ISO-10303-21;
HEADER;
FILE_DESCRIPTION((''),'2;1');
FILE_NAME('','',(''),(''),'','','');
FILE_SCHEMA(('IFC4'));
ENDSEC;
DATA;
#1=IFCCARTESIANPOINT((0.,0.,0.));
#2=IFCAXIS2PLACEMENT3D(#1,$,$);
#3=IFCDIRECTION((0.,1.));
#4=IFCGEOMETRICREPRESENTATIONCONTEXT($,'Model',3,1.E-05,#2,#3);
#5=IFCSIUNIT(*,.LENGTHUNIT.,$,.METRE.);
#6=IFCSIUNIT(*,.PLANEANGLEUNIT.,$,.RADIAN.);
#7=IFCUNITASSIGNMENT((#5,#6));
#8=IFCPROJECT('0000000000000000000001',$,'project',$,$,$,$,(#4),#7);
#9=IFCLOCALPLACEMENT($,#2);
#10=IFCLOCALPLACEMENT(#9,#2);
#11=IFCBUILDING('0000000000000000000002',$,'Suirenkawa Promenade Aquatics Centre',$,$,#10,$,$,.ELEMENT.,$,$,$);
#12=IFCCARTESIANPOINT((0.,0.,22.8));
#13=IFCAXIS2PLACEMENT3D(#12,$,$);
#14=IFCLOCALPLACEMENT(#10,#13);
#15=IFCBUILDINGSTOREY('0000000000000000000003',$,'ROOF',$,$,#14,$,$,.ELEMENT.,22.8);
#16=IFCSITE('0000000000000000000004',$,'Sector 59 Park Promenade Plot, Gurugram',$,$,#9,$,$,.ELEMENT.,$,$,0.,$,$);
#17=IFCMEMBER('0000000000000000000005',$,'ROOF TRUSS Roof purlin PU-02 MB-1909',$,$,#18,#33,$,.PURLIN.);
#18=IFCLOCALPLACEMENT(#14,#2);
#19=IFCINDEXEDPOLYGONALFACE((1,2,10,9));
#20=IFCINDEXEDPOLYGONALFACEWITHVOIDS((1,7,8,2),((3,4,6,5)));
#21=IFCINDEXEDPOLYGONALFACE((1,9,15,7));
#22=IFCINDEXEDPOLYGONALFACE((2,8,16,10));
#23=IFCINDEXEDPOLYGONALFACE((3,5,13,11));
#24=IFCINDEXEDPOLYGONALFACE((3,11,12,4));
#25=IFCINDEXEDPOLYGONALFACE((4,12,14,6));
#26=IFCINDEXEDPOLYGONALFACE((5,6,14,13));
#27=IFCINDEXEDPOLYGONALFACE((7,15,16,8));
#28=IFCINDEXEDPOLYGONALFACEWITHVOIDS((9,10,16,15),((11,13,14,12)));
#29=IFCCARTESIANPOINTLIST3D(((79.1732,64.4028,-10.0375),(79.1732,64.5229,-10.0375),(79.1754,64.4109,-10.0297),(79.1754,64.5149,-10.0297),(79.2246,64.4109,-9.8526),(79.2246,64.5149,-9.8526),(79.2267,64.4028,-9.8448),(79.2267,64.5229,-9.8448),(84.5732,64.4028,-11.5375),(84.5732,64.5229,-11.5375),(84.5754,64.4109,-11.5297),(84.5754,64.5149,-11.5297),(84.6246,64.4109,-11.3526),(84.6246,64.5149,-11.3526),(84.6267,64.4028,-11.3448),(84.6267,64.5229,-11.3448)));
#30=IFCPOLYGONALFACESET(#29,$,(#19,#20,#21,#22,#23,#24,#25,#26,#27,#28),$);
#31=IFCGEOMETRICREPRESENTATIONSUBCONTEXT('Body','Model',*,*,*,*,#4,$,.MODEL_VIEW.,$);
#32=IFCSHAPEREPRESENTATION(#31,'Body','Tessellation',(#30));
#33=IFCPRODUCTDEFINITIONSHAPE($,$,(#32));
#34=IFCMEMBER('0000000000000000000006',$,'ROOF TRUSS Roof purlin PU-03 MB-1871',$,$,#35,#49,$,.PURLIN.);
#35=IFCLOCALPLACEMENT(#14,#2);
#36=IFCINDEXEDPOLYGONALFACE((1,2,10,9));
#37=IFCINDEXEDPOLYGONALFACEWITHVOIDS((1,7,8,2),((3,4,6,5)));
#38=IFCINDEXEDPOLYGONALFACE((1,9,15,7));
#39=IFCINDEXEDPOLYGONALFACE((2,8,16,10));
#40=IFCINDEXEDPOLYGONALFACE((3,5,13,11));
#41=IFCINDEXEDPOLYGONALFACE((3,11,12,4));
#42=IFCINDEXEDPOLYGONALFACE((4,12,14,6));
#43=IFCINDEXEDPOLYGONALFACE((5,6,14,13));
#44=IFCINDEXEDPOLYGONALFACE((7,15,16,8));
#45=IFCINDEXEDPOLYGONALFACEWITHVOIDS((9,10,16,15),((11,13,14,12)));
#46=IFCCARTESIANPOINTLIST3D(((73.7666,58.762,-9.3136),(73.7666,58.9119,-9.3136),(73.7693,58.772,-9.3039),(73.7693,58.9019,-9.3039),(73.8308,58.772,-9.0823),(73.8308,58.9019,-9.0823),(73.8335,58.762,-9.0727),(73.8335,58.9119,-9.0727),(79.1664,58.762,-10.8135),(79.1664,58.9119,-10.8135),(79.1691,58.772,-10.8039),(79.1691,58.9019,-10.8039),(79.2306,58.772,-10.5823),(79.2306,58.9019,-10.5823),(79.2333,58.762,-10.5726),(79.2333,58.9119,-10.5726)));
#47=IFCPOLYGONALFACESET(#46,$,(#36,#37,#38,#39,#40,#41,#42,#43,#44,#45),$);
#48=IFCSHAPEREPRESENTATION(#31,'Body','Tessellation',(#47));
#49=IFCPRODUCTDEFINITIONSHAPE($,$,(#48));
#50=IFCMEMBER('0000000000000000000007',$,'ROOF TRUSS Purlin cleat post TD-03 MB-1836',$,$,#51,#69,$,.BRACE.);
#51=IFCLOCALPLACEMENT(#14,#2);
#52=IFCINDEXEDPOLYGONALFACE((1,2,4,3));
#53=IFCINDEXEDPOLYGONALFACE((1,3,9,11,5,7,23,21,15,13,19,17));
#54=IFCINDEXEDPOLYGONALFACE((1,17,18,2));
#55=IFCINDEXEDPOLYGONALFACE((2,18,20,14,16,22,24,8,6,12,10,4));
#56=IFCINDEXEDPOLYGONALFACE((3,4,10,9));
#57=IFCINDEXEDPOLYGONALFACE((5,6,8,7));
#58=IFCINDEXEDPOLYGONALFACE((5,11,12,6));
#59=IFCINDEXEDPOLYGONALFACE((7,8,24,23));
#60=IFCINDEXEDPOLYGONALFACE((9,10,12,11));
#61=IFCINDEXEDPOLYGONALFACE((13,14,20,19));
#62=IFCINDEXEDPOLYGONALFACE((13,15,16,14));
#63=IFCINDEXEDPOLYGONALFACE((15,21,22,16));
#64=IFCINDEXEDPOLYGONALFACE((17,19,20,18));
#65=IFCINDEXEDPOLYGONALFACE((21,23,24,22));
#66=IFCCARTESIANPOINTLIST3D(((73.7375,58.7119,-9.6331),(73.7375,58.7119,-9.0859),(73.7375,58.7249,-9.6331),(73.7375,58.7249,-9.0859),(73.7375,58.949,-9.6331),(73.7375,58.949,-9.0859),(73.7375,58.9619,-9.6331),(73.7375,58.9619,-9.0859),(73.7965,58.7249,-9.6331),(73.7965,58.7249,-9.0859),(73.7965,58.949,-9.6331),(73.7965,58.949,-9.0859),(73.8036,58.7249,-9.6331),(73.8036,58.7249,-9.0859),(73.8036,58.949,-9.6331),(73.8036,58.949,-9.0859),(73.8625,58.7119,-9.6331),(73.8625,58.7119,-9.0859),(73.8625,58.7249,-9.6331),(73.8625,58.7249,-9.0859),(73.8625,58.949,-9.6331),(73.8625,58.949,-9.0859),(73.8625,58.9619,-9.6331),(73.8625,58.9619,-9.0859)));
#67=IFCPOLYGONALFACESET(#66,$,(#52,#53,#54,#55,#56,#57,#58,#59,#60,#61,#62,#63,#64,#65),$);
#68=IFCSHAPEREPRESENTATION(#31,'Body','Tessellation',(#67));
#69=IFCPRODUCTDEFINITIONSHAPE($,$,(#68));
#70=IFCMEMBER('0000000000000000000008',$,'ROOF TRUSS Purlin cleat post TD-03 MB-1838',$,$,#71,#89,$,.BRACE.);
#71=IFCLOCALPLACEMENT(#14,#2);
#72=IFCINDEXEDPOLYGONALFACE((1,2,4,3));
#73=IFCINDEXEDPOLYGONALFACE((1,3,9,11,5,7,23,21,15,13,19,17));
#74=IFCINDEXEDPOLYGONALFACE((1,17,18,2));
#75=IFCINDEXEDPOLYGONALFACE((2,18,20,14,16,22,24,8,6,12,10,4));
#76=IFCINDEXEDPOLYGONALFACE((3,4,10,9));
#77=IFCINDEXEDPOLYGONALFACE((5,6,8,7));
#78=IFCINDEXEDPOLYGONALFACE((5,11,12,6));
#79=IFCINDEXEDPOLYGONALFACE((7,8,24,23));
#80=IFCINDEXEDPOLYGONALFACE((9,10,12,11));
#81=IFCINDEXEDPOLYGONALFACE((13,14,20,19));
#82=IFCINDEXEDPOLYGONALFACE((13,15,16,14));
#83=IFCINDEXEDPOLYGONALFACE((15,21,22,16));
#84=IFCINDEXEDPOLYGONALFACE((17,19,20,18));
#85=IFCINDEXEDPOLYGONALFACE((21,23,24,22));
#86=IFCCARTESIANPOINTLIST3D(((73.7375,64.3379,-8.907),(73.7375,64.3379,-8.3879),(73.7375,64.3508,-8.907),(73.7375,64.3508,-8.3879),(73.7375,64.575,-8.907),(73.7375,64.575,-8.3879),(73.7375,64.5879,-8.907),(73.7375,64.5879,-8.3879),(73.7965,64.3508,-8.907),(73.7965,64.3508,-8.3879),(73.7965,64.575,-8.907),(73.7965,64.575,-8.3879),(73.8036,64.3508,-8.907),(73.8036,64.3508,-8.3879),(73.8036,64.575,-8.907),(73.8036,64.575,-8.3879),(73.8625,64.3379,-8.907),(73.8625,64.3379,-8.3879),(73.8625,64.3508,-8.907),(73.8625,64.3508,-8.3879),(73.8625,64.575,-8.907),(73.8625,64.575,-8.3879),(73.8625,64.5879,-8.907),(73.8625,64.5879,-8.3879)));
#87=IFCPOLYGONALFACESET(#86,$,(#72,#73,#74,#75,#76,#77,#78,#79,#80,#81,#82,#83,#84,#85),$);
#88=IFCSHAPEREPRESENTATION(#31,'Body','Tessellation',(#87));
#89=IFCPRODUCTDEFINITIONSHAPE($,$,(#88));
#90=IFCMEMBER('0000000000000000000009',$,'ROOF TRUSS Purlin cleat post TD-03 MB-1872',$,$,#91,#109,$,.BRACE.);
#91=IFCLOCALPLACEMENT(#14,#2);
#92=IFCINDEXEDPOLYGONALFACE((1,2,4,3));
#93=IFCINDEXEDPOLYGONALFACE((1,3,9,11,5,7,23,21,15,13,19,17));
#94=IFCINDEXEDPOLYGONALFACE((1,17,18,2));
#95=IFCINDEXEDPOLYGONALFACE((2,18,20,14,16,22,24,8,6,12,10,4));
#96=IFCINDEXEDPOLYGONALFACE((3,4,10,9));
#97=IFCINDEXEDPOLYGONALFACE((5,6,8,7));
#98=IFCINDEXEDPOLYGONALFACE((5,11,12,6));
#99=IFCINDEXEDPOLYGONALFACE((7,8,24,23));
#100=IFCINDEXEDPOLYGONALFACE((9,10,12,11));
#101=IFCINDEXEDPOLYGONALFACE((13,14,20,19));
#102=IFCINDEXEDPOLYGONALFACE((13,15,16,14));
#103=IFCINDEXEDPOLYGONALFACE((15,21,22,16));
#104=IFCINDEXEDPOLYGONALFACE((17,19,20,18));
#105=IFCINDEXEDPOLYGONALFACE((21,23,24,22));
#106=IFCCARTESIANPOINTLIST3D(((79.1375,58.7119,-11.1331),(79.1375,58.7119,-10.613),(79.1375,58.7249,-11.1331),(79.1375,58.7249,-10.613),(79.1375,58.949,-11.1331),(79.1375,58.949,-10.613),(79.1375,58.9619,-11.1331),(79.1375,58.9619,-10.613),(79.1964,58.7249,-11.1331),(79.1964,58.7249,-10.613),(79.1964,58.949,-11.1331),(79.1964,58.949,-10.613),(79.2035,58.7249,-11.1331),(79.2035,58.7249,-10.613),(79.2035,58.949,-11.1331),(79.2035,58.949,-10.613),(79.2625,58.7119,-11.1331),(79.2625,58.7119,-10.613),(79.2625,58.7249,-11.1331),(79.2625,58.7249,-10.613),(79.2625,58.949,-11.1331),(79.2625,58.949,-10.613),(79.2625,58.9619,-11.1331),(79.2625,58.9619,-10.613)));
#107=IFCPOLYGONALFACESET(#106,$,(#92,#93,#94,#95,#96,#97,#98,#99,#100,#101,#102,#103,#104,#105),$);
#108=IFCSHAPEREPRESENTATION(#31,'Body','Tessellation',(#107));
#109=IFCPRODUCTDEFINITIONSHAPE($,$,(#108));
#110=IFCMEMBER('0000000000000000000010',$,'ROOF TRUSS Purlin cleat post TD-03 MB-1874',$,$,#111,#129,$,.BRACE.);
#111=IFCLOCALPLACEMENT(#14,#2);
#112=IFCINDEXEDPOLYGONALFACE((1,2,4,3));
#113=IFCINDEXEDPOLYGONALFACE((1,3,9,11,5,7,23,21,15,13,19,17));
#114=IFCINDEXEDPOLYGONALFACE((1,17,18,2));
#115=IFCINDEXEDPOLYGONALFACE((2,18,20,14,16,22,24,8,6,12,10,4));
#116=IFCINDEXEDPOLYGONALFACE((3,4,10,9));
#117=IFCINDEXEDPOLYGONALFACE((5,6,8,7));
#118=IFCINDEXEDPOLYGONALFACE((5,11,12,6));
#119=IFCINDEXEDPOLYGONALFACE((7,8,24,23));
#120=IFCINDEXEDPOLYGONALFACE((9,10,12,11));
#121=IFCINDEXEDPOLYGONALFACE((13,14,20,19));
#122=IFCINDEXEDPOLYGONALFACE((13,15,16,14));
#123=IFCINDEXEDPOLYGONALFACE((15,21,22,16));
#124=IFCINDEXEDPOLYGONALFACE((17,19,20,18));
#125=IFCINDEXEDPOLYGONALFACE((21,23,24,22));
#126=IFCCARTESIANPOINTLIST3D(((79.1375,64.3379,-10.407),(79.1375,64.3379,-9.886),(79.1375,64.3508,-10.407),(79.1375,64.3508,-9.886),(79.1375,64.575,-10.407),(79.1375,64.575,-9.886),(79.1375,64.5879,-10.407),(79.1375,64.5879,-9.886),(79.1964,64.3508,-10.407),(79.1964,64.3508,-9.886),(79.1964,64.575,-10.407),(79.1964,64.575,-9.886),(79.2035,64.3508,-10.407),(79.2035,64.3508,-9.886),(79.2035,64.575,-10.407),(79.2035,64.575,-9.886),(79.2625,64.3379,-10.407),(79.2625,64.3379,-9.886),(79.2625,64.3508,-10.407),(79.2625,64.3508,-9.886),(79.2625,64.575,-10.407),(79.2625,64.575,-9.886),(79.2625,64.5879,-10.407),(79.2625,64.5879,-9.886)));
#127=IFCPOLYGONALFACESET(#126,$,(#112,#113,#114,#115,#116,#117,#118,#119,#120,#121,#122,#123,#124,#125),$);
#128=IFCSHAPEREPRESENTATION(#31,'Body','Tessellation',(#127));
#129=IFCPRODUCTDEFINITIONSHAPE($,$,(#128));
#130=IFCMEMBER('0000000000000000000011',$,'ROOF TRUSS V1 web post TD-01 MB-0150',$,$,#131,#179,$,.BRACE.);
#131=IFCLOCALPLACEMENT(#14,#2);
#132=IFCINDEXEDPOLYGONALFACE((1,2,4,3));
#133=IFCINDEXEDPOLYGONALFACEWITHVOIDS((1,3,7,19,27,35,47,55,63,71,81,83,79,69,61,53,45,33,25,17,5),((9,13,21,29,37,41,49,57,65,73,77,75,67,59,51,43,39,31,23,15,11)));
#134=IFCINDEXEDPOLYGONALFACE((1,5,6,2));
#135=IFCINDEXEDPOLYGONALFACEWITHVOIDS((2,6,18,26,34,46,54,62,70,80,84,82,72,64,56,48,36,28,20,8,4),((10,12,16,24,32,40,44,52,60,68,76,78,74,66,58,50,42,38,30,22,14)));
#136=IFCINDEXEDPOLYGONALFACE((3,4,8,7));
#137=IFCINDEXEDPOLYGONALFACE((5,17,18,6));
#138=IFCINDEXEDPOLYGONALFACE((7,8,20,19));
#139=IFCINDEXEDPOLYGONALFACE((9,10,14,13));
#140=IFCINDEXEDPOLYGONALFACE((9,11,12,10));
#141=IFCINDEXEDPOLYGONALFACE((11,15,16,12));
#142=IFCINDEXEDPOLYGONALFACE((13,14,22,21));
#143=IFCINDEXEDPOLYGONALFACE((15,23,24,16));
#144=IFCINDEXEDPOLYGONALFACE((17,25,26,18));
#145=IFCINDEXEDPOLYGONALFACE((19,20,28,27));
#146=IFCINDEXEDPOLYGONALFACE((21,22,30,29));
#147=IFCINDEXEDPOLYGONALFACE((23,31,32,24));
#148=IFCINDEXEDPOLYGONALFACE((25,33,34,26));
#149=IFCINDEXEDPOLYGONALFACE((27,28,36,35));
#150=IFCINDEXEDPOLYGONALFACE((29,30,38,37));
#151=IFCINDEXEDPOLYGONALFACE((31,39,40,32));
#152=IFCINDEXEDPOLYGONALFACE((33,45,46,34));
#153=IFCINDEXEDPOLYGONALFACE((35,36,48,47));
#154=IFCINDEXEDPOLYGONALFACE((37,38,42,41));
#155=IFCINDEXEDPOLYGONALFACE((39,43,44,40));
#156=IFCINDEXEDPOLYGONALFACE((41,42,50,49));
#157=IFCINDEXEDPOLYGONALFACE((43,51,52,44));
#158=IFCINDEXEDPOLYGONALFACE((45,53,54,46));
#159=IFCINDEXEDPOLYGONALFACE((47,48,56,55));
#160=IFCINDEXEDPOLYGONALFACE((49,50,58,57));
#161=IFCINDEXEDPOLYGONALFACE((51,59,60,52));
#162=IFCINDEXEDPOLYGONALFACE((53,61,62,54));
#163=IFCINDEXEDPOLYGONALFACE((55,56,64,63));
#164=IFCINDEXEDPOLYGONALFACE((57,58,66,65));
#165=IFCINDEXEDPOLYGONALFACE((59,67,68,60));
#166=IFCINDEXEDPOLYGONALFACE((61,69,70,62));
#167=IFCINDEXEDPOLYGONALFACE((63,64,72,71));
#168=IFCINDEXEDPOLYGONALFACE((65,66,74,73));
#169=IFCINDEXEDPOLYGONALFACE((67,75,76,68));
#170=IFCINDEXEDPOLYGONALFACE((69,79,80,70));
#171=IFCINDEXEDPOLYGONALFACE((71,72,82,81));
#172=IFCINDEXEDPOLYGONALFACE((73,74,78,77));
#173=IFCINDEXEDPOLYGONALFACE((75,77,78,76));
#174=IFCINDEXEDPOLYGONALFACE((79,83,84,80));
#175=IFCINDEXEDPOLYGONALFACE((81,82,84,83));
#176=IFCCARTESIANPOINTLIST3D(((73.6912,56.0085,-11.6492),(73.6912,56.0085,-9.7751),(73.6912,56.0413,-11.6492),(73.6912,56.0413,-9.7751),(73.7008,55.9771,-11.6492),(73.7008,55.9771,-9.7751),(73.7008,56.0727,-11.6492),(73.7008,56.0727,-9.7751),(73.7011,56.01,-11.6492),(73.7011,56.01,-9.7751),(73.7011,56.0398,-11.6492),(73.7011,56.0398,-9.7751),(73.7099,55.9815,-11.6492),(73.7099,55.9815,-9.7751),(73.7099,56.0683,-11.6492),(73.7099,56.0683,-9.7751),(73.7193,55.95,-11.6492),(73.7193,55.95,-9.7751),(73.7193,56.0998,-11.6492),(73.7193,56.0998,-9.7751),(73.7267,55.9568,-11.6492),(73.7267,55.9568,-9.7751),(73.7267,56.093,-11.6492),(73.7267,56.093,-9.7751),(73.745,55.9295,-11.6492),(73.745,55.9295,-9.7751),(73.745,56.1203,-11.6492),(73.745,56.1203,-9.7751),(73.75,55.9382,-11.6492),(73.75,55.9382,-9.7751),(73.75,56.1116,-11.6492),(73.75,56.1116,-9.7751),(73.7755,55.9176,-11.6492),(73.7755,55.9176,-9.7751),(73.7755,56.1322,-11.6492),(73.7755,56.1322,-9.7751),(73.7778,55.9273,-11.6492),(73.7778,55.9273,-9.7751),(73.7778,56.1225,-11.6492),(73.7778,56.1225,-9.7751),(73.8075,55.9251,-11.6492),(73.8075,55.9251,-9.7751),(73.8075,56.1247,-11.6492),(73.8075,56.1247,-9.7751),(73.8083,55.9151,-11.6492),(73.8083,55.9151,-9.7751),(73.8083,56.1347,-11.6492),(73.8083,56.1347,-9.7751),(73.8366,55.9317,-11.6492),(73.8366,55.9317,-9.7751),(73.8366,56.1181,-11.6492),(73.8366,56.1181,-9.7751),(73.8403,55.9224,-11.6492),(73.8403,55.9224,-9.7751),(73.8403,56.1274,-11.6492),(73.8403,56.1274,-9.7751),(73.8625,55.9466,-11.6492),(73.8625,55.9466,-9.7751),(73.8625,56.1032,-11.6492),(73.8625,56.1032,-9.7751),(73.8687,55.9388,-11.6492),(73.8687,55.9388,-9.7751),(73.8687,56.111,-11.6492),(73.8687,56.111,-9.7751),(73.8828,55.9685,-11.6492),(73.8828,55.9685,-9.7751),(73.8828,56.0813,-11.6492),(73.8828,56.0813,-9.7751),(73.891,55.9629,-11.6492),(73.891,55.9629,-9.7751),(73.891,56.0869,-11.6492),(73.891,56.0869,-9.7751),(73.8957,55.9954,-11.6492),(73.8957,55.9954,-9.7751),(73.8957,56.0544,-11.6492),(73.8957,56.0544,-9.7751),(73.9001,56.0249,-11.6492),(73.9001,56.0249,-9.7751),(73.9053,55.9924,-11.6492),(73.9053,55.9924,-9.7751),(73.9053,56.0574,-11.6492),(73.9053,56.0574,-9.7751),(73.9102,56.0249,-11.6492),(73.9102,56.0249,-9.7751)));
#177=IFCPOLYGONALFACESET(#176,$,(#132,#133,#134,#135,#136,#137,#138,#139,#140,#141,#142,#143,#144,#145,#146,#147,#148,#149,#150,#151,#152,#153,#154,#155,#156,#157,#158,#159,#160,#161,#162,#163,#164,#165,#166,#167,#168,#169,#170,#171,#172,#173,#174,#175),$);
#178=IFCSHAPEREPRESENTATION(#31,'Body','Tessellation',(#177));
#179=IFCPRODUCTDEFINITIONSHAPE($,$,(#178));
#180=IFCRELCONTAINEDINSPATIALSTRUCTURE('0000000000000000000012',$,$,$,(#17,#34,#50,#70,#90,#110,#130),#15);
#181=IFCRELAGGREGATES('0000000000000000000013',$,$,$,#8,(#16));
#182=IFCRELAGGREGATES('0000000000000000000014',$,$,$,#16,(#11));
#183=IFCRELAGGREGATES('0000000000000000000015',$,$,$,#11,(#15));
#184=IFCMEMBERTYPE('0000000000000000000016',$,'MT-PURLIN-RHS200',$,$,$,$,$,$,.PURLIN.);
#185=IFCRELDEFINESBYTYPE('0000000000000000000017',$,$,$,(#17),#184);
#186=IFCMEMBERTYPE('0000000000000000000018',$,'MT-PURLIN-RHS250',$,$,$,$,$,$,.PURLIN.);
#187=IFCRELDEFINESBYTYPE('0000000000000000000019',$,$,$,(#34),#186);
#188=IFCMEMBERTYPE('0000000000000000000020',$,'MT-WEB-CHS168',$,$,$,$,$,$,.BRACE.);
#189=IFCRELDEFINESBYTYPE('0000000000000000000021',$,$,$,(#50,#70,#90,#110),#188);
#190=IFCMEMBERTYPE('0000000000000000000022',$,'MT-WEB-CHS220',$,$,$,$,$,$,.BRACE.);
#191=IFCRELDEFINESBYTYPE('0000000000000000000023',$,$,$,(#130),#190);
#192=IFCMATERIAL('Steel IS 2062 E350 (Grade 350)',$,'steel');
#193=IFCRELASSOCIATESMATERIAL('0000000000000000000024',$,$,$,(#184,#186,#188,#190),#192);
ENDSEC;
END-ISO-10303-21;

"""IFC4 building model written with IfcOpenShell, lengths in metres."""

from ifc_helpers import new_model, si_unit, direction, frame, origin, origin_2d, place, context, subcontext, project, spatial, hollow_rectangle, hollow_circle, i_section, extrude, material, material_profile, profile_set, type_object, element, save


model = new_model("IFC4")

# Units and contexts
model_context = context("Model", 3, precision=1e-05, world=origin(), true_north=direction((0.0, 1.0)))
body_context = subcontext(model_context, "Body", "Model", "MODEL_VIEW")
ifc_project = project(units=[si_unit("LENGTHUNIT", "METRE"), si_unit("PLANEANGLEUNIT", "RADIAN")], contexts=[model_context])

# Site, building, storey
site_placement = place(None, origin())
site = spatial("IfcSite", under=ifc_project, at=site_placement, Name="Sector 59 Park Promenade Plot, Gurugram", CompositionType="ELEMENT", RefElevation=0.0)
building_placement = place(site_placement, origin())
building = spatial("IfcBuilding", under=site, at=building_placement, Name="Suirenkawa Promenade Aquatics Centre", CompositionType="ELEMENT")
storey_placement = place(building_placement, frame((0.0, 0.0, 22.8)))
storey = spatial("IfcBuildingStorey", under=building, at=storey_placement, Name="ROOF", CompositionType="ELEMENT", Elevation=22.8)

# Shared definitions
ifc_material = material(Name="Steel IS 2062 E350 (Grade 350)", Category="steel")

# Members
ifc_material_profile_1 = material_profile(ifc_material, hollow_rectangle(XDim=0.1201, YDim=0.2, WallThickness=0.0081, at=origin_2d()), Name="RHS 200x120x8", Category="steel")
ifc_profile_set_1 = profile_set([ifc_material_profile_1], Name="Steel IS 2062 E350 (Grade 350)")
member_type_1 = type_object("IfcMemberType", Name="MT-PURLIN-RHS200", PredefinedType="PURLIN", material=ifc_profile_set_1)
member_1_placement = place(storey_placement, frame((79.2, 64.4629, -9.9412), z_axis=(0.96352, 0.0, -0.267637), x_axis=(0.0, 1.0, 0.0)))
element("IfcMember", 1, at=member_1_placement, inside=storey, type_object=member_type_1, Name="ROOF TRUSS Roof purlin PU-02 MB-1909", PredefinedType="PURLIN", context=body_context, shape_type="SweptSolid", body=[
    extrude(hollow_rectangle(XDim=0.1201, YDim=0.2, WallThickness=0.0081, at=origin_2d()), origin(), (0.0, 0.0, 1.0), 5.6045),
])
ifc_material_profile_2 = material_profile(ifc_material, hollow_rectangle(XDim=0.1499, YDim=0.25, WallThickness=0.01, at=origin_2d()), Name="RHS 250x150x10", Category="steel")
ifc_profile_set_2 = profile_set([ifc_material_profile_2], Name="Steel IS 2062 E350 (Grade 350)")
member_type_2 = type_object("IfcMemberType", Name="MT-PURLIN-RHS250", PredefinedType="PURLIN", material=ifc_profile_set_2)
member_2_placement = place(storey_placement, frame((73.8, 58.8369, -9.1931), z_axis=(0.963517, 0.0, -0.267648), x_axis=(0.0, 1.0, 0.0)))
element("IfcMember", 2, at=member_2_placement, inside=storey, type_object=member_type_2, Name="ROOF TRUSS Roof purlin PU-03 MB-1871", PredefinedType="PURLIN", context=body_context, shape_type="SweptSolid", body=[
    extrude(hollow_rectangle(XDim=0.1499, YDim=0.25, WallThickness=0.01, at=origin_2d()), origin(), (0.0, 0.0, 1.0), 5.6042),
])
ifc_material_profile_3 = material_profile(ifc_material, i_section(OverallWidth=0.125, OverallDepth=0.25, WebThickness=0.0071, FlangeThickness=0.0129, at=origin_2d()), Name="ISMB 250", Category="steel")
ifc_profile_set_3 = profile_set([ifc_material_profile_3], Name="Steel IS 2062 E350 (Grade 350)")
member_type_3 = type_object("IfcMemberType", Name="MT-WEB-CHS168", PredefinedType="BRACE", material=ifc_profile_set_3)
member_3_placement = place(storey_placement, frame((73.8, 58.8369, -9.6331), z_axis=(0.0, 0.0, 1.0), x_axis=(1.0, 0.0, 0.0)))
element("IfcMember", 3, at=member_3_placement, inside=storey, type_object=member_type_3, Name="ROOF TRUSS Purlin cleat post TD-03 MB-1836", PredefinedType="BRACE", context=body_context, shape_type="SweptSolid", body=[
    extrude(i_section(OverallWidth=0.125, OverallDepth=0.25, WebThickness=0.0071, FlangeThickness=0.0129, at=origin_2d()), origin(), (0.0, 0.0, 1.0), 0.5471),
])
member_4_placement = place(storey_placement, frame((73.8, 64.4629, -8.907), z_axis=(0.0, 0.0, 1.0), x_axis=(1.0, 0.0, 0.0)))
element("IfcMember", 4, at=member_4_placement, inside=storey, type_object=member_type_3, Name="ROOF TRUSS Purlin cleat post TD-03 MB-1838", PredefinedType="BRACE", context=body_context, shape_type="SweptSolid", body=[
    extrude(i_section(OverallWidth=0.125, OverallDepth=0.25, WebThickness=0.0071, FlangeThickness=0.0129, at=origin_2d()), origin(), (0.0, 0.0, 1.0), 0.519),
])
member_5_placement = place(storey_placement, frame((79.2, 58.8369, -11.1331), z_axis=(0.0, 0.0, 1.0), x_axis=(1.0, 0.0, 0.0)))
element("IfcMember", 5, at=member_5_placement, inside=storey, type_object=member_type_3, Name="ROOF TRUSS Purlin cleat post TD-03 MB-1872", PredefinedType="BRACE", context=body_context, shape_type="SweptSolid", body=[
    extrude(i_section(OverallWidth=0.125, OverallDepth=0.25, WebThickness=0.0071, FlangeThickness=0.0129, at=origin_2d()), origin(), (0.0, 0.0, 1.0), 0.52),
])
member_6_placement = place(storey_placement, frame((79.2, 64.4629, -10.407), z_axis=(0.0, 0.0, 1.0), x_axis=(1.0, 0.0, 0.0)))
element("IfcMember", 6, at=member_6_placement, inside=storey, type_object=member_type_3, Name="ROOF TRUSS Purlin cleat post TD-03 MB-1874", PredefinedType="BRACE", context=body_context, shape_type="SweptSolid", body=[
    extrude(i_section(OverallWidth=0.125, OverallDepth=0.25, WebThickness=0.0071, FlangeThickness=0.0129, at=origin_2d()), origin(), (0.0, 0.0, 1.0), 0.521),
])
ifc_material_profile_4 = material_profile(ifc_material, hollow_circle(Radius=0.1101, WallThickness=0.01, at=origin_2d()), Name="CHS 220x10", Category="steel")
ifc_profile_set_4 = profile_set([ifc_material_profile_4], Name="Steel IS 2062 E350 (Grade 350)")
member_type_4 = type_object("IfcMemberType", Name="MT-WEB-CHS220", PredefinedType="BRACE", material=ifc_profile_set_4)
member_7_placement = place(storey_placement, frame((73.8, 56.0249, -11.6492), z_axis=(0.0, 0.0, 1.0), x_axis=(1.0, 0.0, 0.0)))
element("IfcMember", 7, at=member_7_placement, inside=storey, type_object=member_type_4, Name="ROOF TRUSS V1 web post TD-01 MB-0150", PredefinedType="BRACE", context=body_context, shape_type="SweptSolid", body=[
    extrude(hollow_circle(Radius=0.1101, WallThickness=0.01, at=origin_2d()), origin(), (0.0, 0.0, 1.0), 1.874),
])

save(model, "model.ifc")
